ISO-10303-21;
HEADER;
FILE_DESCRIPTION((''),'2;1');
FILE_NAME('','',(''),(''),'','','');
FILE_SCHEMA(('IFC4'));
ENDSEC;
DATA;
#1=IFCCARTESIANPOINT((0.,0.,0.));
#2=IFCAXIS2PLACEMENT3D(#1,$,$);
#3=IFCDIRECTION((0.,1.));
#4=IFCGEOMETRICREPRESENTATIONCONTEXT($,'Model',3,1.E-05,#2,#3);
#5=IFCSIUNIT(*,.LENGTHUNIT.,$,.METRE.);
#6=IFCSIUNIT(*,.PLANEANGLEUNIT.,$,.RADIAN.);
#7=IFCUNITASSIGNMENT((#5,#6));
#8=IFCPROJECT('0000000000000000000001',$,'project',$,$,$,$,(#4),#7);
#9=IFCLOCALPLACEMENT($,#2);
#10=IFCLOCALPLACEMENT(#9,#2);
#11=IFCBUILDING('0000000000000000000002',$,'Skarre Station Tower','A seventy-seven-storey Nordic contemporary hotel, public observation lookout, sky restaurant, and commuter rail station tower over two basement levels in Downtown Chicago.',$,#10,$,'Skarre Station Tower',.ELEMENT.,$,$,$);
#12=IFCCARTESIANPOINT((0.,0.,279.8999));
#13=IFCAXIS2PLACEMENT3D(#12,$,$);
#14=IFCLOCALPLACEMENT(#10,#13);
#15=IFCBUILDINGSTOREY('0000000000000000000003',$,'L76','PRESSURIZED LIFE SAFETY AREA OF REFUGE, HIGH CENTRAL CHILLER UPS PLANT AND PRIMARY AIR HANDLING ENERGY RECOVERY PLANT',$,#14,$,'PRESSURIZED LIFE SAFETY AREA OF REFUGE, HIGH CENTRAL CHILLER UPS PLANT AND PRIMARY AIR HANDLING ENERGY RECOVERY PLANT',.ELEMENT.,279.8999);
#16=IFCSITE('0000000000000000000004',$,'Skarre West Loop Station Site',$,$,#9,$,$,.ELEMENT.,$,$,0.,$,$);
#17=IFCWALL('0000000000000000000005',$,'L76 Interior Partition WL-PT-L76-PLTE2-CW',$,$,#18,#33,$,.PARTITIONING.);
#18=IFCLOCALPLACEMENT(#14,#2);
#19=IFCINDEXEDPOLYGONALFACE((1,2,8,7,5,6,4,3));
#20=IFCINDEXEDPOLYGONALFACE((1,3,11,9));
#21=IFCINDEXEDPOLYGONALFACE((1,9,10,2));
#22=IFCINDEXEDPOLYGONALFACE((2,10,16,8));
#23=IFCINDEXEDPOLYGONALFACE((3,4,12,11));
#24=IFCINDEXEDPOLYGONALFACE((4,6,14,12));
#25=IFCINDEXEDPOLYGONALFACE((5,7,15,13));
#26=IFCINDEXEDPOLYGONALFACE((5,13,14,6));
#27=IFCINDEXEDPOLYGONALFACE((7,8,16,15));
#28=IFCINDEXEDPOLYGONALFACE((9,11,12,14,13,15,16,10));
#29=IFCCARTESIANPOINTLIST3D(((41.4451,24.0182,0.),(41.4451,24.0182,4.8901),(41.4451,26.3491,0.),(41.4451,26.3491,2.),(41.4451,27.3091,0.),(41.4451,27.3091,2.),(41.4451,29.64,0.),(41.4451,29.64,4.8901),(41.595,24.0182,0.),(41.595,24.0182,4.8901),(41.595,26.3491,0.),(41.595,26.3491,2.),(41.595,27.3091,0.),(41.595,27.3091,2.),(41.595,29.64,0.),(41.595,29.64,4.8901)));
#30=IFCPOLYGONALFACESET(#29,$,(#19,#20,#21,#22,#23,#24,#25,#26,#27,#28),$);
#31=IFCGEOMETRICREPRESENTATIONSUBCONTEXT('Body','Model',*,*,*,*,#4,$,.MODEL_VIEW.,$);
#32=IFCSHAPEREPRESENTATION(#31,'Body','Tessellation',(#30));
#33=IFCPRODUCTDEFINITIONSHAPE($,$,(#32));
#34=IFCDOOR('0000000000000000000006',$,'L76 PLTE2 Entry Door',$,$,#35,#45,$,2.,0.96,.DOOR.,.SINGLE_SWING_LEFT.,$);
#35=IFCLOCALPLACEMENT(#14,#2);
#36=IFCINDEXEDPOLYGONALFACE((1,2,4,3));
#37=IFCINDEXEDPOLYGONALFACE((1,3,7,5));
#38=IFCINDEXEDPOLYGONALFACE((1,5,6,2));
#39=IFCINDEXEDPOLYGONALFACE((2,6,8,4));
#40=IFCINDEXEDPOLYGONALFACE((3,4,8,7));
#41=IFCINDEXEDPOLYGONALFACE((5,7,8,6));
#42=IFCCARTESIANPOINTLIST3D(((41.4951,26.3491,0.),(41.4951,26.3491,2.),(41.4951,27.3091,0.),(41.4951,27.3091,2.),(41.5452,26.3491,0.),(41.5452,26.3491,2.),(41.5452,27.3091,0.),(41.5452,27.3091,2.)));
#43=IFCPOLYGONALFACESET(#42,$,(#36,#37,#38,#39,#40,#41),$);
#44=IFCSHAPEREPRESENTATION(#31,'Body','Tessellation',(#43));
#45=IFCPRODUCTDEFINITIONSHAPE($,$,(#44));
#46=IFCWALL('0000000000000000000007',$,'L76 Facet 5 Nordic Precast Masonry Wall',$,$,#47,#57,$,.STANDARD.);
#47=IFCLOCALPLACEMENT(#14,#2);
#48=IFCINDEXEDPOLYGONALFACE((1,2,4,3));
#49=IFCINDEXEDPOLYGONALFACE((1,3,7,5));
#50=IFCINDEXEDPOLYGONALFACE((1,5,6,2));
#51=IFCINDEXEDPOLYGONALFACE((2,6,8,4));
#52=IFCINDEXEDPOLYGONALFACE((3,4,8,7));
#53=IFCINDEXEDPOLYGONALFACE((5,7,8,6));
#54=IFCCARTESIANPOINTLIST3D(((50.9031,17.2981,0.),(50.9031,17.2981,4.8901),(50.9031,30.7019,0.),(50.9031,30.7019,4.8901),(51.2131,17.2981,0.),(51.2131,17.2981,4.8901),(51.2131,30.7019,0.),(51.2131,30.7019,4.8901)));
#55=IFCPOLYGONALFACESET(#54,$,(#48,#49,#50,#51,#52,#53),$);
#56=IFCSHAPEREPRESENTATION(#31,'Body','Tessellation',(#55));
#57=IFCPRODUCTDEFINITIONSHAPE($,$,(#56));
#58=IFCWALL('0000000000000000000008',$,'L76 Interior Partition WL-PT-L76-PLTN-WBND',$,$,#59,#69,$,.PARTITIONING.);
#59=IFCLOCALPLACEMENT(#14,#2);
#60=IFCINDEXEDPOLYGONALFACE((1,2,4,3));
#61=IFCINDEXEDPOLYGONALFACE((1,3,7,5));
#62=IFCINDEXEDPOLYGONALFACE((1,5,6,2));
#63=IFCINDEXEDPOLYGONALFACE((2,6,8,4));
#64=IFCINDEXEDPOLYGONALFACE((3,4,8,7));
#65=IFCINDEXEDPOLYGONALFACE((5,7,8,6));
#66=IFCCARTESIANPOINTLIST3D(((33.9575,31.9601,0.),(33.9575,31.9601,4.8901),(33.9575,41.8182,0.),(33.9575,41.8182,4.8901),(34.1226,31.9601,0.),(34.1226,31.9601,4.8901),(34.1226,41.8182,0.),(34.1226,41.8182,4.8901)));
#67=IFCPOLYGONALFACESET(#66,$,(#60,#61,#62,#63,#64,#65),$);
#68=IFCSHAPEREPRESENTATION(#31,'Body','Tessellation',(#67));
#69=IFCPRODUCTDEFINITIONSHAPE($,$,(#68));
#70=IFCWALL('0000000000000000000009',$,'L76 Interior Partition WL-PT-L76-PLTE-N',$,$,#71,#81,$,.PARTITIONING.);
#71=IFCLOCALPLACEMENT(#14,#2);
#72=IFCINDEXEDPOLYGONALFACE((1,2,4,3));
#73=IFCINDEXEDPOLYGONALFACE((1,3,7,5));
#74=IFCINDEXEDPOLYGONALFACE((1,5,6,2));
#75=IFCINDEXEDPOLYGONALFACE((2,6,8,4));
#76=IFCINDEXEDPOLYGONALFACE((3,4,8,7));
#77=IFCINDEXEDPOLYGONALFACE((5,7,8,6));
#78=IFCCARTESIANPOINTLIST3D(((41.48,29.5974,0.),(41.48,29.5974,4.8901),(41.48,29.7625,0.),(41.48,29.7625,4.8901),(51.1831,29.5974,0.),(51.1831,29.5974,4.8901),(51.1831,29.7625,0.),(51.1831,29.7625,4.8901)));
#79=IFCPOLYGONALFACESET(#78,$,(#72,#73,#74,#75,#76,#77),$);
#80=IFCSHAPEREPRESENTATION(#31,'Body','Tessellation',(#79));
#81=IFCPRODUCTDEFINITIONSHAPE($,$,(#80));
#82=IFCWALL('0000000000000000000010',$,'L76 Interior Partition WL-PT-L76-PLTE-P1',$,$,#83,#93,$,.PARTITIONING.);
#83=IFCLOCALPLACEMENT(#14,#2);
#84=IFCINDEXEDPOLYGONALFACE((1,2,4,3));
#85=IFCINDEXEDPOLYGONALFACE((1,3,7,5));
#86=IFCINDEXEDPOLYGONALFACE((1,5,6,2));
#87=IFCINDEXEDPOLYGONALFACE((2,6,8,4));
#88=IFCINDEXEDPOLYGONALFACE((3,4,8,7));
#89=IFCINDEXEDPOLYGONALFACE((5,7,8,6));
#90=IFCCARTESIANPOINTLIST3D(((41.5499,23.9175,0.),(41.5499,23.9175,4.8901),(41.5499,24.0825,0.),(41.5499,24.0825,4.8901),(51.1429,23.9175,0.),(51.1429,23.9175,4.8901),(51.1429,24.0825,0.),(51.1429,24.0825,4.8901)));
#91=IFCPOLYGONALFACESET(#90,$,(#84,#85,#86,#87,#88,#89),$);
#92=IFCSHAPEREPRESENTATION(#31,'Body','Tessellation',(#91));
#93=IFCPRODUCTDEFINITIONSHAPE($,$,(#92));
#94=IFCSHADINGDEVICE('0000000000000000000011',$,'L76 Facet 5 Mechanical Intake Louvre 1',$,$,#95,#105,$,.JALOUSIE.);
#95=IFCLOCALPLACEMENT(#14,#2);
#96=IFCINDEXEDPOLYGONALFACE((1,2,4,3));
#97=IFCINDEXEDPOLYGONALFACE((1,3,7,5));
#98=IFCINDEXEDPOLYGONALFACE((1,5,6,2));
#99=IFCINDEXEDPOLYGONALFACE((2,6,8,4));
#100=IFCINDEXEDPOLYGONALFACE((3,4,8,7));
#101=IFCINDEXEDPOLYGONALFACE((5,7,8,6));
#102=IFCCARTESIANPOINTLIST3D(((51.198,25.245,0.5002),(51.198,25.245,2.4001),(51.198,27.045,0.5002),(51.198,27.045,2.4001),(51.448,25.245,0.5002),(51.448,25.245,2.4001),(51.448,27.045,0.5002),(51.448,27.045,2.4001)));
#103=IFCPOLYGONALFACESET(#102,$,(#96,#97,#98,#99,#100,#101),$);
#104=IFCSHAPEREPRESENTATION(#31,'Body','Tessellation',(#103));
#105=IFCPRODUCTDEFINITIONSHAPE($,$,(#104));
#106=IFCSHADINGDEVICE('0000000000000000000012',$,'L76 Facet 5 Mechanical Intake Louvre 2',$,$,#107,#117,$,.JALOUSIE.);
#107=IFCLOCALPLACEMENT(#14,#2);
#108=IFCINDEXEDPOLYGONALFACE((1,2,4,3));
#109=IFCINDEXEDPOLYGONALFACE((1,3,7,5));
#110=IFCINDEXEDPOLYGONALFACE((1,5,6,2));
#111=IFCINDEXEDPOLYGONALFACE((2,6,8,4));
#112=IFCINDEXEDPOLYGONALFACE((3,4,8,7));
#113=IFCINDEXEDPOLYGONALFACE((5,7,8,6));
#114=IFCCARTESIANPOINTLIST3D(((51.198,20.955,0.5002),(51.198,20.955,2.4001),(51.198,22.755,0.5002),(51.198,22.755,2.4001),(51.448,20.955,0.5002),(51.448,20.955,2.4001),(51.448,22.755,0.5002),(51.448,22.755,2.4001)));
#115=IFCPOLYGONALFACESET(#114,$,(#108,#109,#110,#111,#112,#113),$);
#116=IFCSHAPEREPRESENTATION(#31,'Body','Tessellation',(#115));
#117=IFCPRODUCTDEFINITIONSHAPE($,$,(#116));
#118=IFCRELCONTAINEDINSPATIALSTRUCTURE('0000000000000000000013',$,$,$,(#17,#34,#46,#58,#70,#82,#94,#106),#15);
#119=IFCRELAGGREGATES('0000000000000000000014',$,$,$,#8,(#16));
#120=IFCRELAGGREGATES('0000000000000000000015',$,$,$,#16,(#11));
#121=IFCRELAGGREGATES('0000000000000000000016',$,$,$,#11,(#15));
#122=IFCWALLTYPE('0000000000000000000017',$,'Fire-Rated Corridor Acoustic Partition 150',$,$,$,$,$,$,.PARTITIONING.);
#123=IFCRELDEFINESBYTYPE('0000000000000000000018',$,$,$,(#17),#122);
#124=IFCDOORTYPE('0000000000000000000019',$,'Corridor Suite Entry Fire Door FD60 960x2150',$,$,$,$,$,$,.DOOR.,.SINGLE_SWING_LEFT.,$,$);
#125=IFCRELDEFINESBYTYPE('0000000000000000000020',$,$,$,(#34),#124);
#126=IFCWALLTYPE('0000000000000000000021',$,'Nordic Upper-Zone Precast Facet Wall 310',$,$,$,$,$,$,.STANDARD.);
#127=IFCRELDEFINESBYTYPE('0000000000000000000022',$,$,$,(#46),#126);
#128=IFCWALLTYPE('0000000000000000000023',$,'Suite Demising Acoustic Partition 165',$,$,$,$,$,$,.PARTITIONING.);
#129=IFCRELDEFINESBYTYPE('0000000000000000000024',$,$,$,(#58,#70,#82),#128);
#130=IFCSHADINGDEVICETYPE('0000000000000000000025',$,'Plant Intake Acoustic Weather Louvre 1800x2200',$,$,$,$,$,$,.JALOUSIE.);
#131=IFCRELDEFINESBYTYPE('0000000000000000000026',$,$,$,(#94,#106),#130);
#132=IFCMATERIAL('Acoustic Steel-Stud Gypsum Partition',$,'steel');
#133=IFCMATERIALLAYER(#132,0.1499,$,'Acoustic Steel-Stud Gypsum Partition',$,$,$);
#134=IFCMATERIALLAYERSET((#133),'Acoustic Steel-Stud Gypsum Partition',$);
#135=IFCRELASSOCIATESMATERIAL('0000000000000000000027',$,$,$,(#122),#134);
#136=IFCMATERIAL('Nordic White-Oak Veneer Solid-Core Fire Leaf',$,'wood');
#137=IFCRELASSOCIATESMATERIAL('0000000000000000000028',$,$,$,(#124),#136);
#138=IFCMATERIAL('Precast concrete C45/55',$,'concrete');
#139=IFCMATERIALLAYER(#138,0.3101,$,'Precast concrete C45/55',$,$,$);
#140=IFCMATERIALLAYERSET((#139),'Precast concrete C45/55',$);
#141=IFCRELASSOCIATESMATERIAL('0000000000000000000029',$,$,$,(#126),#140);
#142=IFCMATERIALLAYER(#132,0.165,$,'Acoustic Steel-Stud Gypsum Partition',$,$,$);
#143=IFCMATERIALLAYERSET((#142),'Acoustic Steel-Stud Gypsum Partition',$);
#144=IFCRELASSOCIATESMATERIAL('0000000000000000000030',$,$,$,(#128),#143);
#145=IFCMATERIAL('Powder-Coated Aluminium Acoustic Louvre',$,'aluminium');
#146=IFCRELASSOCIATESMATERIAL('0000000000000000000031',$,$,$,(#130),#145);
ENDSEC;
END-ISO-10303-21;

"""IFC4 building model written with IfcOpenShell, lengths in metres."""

from ifc_helpers import new_model, si_unit, direction, frame, frame_2d, origin, origin_2d, place, context, subcontext, project, spatial, rectangle, extrude, material, layer, layer_set, type_object, element, fill, save


model = new_model("IFC4")

# Units and contexts
model_context = context("Model", 3, precision=1e-05, world=origin(), true_north=direction((0.0, 1.0)))
body_context = subcontext(model_context, "Body", "Model", "MODEL_VIEW")
ifc_project = project(units=[si_unit("LENGTHUNIT", "METRE"), si_unit("PLANEANGLEUNIT", "RADIAN")], contexts=[model_context])

# Site, building, storey
site_placement = place(None, origin())
site = spatial("IfcSite", under=ifc_project, at=site_placement, Name="Skarre West Loop Station Site", CompositionType="ELEMENT", RefElevation=0.0)
building_placement = place(site_placement, origin())
building = spatial("IfcBuilding", under=site, at=building_placement, Name="Skarre Station Tower", Description="A seventy-seven-storey Nordic contemporary hotel, public observation lookout, sky restaurant, and commuter rail station tower over two basement levels in Downtown Chicago.", LongName="Skarre Station Tower", CompositionType="ELEMENT")
storey_placement = place(building_placement, frame((0.0, 0.0, 279.8999)))
storey = spatial("IfcBuildingStorey", under=building, at=storey_placement, Name="L76", Description="PRESSURIZED LIFE SAFETY AREA OF REFUGE, HIGH CENTRAL CHILLER UPS PLANT AND PRIMARY AIR HANDLING ENERGY RECOVERY PLANT", LongName="PRESSURIZED LIFE SAFETY AREA OF REFUGE, HIGH CENTRAL CHILLER UPS PLANT AND PRIMARY AIR HANDLING ENERGY RECOVERY PLANT", CompositionType="ELEMENT", Elevation=279.8999)

# Shared definitions
ifc_material_1 = material(Name="Acoustic Steel-Stud Gypsum Partition", Category="steel")
ifc_layer_1 = layer(ifc_material_1, 0.1499, Name="Acoustic Steel-Stud Gypsum Partition")
ifc_layer_set_1 = layer_set([ifc_layer_1], Name="Acoustic Steel-Stud Gypsum Partition")
wall_type_1 = type_object("IfcWallType", Name="Fire-Rated Corridor Acoustic Partition 150", PredefinedType="PARTITIONING", material=ifc_layer_set_1)

# Wall, opening, door
wall_1_placement = place(storey_placement, frame((41.52, 24.0181, 0.0), z_axis=(0.0, 0.0, 1.0), x_axis=(0.0, 1.0, 0.0)))
wall_1 = element("IfcWall", 1, at=wall_1_placement, inside=storey, type_object=wall_type_1, Name="L76 Interior Partition WL-PT-L76-PLTE2-CW", PredefinedType="PARTITIONING", context=body_context, shape_type="SweptSolid", body=[
    extrude(rectangle(XDim=5.6218, YDim=0.1499, at=frame_2d((2.811, 0.0))), origin(), (0.0, 0.0, 1.0), 4.8901),
])
opening_placement = place(wall_1_placement, frame((2.3311, 0.0, 0.0)))
opening = element("IfcOpeningElement", 2, at=opening_placement, cuts=wall_1, PredefinedType="OPENING", context=body_context, shape_type="SweptSolid", body=[
    extrude(rectangle(XDim=0.96, YDim=2.0, at=frame_2d((0.48, 1.0))), frame((0.0, 0.085, 0.0), z_axis=(0.0, -1.0, 0.0), x_axis=(1.0, 0.0, 0.0)), (0.0, 0.0, 1.0), 0.1699),
])
ifc_material_2 = material(Name="Nordic White-Oak Veneer Solid-Core Fire Leaf", Category="wood")
door_type = type_object("IfcDoorType", Name="Corridor Suite Entry Fire Door FD60 960x2150", OperationType="SINGLE_SWING_LEFT", PredefinedType="DOOR", material=ifc_material_2)
door_placement = place(opening_placement, origin())
door = element("IfcDoor", 3, at=door_placement, inside=storey, type_object=door_type, Name="L76 PLTE2 Entry Door", OperationType="SINGLE_SWING_LEFT", OverallHeight=2.0, OverallWidth=0.96, PredefinedType="DOOR", context=body_context, shape_type="SweptSolid", body=[
    extrude(rectangle(XDim=0.96, YDim=2.0, at=frame_2d((0.48, 1.0))), frame((0.0, 0.0249, 0.0), z_axis=(0.0, -1.0, 0.0), x_axis=(1.0, 0.0, 0.0)), (0.0, 0.0, 1.0), 0.05),
])
fill(opening, door)

# Walls
ifc_material_3 = material(Name="Precast concrete C45/55", Category="concrete")
ifc_layer_2 = layer(ifc_material_3, 0.3101, Name="Precast concrete C45/55")
ifc_layer_set_2 = layer_set([ifc_layer_2], Name="Precast concrete C45/55")
wall_type_2 = type_object("IfcWallType", Name="Nordic Upper-Zone Precast Facet Wall 310", PredefinedType="STANDARD", material=ifc_layer_set_2)
wall_2_placement = place(storey_placement, frame((51.0581, 30.7019, 0.0), z_axis=(0.0, 0.0, 1.0), x_axis=(0.0, -1.0, 0.0)))
element("IfcWall", 4, at=wall_2_placement, inside=storey, type_object=wall_type_2, Name="L76 Facet 5 Nordic Precast Masonry Wall", PredefinedType="STANDARD", context=body_context, shape_type="SweptSolid", body=[
    extrude(rectangle(XDim=13.4038, YDim=0.3101, at=frame_2d((6.7019, 0.0))), origin(), (0.0, 0.0, 1.0), 4.8901),
])
ifc_layer_3 = layer(ifc_material_1, 0.165, Name="Acoustic Steel-Stud Gypsum Partition")
ifc_layer_set_3 = layer_set([ifc_layer_3], Name="Acoustic Steel-Stud Gypsum Partition")
wall_type_3 = type_object("IfcWallType", Name="Suite Demising Acoustic Partition 165", PredefinedType="PARTITIONING", material=ifc_layer_set_3)
wall_3_placement = place(storey_placement, frame((34.04, 31.96, 0.0), z_axis=(0.0, 0.0, 1.0), x_axis=(0.0, 1.0, 0.0)))
element("IfcWall", 5, at=wall_3_placement, inside=storey, type_object=wall_type_3, Name="L76 Interior Partition WL-PT-L76-PLTN-WBND", PredefinedType="PARTITIONING", context=body_context, shape_type="SweptSolid", body=[
    extrude(rectangle(XDim=9.8582, YDim=0.165, at=frame_2d((4.9292, 0.0))), origin(), (0.0, 0.0, 1.0), 4.8901),
])
wall_4_placement = place(storey_placement, frame((41.48, 29.6799, 0.0), z_axis=(0.0, 0.0, 1.0), x_axis=(1.0, 0.0, 0.0)))
element("IfcWall", 6, at=wall_4_placement, inside=storey, type_object=wall_type_3, Name="L76 Interior Partition WL-PT-L76-PLTE-N", PredefinedType="PARTITIONING", context=body_context, shape_type="SweptSolid", body=[
    extrude(rectangle(XDim=9.7031, YDim=0.165, at=frame_2d((4.8516, 0.0))), origin(), (0.0, 0.0, 1.0), 4.8901),
])
wall_5_placement = place(storey_placement, frame((41.55, 24.0, 0.0), z_axis=(0.0, 0.0, 1.0), x_axis=(1.0, 0.0, 0.0)))
element("IfcWall", 7, at=wall_5_placement, inside=storey, type_object=wall_type_3, Name="L76 Interior Partition WL-PT-L76-PLTE-P1", PredefinedType="PARTITIONING", context=body_context, shape_type="SweptSolid", body=[
    extrude(rectangle(XDim=9.593, YDim=0.165, at=frame_2d((4.7964, 0.0))), origin(), (0.0, 0.0, 1.0), 4.8901),
])

# Shading devices
ifc_material_4 = material(Name="Powder-Coated Aluminium Acoustic Louvre", Category="aluminium")
shading_device_type = type_object("IfcShadingDeviceType", Name="Plant Intake Acoustic Weather Louvre 1800x2200", PredefinedType="JALOUSIE", material=ifc_material_4)
for number, where, z_axis, x_axis, name in (
    (8, (51.323, 26.145, 0.5002), (0.0, 0.0, 1.0), (1.0, 0.0, 0.0), "L76 Facet 5 Mechanical Intake Louvre 1"),
    (9, (51.323, 21.855, 0.5002), (0.0, 0.0, 1.0), (1.0, 0.0, 0.0), "L76 Facet 5 Mechanical Intake Louvre 2"),
):
    element("IfcShadingDevice", number, at=place(storey_placement, frame(where, z_axis=z_axis, x_axis=x_axis)), inside=storey, type_object=shading_device_type, Name=name, PredefinedType="JALOUSIE", context=body_context, shape_type="SweptSolid", body=[
        extrude(rectangle(XDim=0.25, YDim=1.8, at=origin_2d()), origin(), (0.0, 0.0, 1.0), 1.8999),
    ])

save(model, "model.ifc")
